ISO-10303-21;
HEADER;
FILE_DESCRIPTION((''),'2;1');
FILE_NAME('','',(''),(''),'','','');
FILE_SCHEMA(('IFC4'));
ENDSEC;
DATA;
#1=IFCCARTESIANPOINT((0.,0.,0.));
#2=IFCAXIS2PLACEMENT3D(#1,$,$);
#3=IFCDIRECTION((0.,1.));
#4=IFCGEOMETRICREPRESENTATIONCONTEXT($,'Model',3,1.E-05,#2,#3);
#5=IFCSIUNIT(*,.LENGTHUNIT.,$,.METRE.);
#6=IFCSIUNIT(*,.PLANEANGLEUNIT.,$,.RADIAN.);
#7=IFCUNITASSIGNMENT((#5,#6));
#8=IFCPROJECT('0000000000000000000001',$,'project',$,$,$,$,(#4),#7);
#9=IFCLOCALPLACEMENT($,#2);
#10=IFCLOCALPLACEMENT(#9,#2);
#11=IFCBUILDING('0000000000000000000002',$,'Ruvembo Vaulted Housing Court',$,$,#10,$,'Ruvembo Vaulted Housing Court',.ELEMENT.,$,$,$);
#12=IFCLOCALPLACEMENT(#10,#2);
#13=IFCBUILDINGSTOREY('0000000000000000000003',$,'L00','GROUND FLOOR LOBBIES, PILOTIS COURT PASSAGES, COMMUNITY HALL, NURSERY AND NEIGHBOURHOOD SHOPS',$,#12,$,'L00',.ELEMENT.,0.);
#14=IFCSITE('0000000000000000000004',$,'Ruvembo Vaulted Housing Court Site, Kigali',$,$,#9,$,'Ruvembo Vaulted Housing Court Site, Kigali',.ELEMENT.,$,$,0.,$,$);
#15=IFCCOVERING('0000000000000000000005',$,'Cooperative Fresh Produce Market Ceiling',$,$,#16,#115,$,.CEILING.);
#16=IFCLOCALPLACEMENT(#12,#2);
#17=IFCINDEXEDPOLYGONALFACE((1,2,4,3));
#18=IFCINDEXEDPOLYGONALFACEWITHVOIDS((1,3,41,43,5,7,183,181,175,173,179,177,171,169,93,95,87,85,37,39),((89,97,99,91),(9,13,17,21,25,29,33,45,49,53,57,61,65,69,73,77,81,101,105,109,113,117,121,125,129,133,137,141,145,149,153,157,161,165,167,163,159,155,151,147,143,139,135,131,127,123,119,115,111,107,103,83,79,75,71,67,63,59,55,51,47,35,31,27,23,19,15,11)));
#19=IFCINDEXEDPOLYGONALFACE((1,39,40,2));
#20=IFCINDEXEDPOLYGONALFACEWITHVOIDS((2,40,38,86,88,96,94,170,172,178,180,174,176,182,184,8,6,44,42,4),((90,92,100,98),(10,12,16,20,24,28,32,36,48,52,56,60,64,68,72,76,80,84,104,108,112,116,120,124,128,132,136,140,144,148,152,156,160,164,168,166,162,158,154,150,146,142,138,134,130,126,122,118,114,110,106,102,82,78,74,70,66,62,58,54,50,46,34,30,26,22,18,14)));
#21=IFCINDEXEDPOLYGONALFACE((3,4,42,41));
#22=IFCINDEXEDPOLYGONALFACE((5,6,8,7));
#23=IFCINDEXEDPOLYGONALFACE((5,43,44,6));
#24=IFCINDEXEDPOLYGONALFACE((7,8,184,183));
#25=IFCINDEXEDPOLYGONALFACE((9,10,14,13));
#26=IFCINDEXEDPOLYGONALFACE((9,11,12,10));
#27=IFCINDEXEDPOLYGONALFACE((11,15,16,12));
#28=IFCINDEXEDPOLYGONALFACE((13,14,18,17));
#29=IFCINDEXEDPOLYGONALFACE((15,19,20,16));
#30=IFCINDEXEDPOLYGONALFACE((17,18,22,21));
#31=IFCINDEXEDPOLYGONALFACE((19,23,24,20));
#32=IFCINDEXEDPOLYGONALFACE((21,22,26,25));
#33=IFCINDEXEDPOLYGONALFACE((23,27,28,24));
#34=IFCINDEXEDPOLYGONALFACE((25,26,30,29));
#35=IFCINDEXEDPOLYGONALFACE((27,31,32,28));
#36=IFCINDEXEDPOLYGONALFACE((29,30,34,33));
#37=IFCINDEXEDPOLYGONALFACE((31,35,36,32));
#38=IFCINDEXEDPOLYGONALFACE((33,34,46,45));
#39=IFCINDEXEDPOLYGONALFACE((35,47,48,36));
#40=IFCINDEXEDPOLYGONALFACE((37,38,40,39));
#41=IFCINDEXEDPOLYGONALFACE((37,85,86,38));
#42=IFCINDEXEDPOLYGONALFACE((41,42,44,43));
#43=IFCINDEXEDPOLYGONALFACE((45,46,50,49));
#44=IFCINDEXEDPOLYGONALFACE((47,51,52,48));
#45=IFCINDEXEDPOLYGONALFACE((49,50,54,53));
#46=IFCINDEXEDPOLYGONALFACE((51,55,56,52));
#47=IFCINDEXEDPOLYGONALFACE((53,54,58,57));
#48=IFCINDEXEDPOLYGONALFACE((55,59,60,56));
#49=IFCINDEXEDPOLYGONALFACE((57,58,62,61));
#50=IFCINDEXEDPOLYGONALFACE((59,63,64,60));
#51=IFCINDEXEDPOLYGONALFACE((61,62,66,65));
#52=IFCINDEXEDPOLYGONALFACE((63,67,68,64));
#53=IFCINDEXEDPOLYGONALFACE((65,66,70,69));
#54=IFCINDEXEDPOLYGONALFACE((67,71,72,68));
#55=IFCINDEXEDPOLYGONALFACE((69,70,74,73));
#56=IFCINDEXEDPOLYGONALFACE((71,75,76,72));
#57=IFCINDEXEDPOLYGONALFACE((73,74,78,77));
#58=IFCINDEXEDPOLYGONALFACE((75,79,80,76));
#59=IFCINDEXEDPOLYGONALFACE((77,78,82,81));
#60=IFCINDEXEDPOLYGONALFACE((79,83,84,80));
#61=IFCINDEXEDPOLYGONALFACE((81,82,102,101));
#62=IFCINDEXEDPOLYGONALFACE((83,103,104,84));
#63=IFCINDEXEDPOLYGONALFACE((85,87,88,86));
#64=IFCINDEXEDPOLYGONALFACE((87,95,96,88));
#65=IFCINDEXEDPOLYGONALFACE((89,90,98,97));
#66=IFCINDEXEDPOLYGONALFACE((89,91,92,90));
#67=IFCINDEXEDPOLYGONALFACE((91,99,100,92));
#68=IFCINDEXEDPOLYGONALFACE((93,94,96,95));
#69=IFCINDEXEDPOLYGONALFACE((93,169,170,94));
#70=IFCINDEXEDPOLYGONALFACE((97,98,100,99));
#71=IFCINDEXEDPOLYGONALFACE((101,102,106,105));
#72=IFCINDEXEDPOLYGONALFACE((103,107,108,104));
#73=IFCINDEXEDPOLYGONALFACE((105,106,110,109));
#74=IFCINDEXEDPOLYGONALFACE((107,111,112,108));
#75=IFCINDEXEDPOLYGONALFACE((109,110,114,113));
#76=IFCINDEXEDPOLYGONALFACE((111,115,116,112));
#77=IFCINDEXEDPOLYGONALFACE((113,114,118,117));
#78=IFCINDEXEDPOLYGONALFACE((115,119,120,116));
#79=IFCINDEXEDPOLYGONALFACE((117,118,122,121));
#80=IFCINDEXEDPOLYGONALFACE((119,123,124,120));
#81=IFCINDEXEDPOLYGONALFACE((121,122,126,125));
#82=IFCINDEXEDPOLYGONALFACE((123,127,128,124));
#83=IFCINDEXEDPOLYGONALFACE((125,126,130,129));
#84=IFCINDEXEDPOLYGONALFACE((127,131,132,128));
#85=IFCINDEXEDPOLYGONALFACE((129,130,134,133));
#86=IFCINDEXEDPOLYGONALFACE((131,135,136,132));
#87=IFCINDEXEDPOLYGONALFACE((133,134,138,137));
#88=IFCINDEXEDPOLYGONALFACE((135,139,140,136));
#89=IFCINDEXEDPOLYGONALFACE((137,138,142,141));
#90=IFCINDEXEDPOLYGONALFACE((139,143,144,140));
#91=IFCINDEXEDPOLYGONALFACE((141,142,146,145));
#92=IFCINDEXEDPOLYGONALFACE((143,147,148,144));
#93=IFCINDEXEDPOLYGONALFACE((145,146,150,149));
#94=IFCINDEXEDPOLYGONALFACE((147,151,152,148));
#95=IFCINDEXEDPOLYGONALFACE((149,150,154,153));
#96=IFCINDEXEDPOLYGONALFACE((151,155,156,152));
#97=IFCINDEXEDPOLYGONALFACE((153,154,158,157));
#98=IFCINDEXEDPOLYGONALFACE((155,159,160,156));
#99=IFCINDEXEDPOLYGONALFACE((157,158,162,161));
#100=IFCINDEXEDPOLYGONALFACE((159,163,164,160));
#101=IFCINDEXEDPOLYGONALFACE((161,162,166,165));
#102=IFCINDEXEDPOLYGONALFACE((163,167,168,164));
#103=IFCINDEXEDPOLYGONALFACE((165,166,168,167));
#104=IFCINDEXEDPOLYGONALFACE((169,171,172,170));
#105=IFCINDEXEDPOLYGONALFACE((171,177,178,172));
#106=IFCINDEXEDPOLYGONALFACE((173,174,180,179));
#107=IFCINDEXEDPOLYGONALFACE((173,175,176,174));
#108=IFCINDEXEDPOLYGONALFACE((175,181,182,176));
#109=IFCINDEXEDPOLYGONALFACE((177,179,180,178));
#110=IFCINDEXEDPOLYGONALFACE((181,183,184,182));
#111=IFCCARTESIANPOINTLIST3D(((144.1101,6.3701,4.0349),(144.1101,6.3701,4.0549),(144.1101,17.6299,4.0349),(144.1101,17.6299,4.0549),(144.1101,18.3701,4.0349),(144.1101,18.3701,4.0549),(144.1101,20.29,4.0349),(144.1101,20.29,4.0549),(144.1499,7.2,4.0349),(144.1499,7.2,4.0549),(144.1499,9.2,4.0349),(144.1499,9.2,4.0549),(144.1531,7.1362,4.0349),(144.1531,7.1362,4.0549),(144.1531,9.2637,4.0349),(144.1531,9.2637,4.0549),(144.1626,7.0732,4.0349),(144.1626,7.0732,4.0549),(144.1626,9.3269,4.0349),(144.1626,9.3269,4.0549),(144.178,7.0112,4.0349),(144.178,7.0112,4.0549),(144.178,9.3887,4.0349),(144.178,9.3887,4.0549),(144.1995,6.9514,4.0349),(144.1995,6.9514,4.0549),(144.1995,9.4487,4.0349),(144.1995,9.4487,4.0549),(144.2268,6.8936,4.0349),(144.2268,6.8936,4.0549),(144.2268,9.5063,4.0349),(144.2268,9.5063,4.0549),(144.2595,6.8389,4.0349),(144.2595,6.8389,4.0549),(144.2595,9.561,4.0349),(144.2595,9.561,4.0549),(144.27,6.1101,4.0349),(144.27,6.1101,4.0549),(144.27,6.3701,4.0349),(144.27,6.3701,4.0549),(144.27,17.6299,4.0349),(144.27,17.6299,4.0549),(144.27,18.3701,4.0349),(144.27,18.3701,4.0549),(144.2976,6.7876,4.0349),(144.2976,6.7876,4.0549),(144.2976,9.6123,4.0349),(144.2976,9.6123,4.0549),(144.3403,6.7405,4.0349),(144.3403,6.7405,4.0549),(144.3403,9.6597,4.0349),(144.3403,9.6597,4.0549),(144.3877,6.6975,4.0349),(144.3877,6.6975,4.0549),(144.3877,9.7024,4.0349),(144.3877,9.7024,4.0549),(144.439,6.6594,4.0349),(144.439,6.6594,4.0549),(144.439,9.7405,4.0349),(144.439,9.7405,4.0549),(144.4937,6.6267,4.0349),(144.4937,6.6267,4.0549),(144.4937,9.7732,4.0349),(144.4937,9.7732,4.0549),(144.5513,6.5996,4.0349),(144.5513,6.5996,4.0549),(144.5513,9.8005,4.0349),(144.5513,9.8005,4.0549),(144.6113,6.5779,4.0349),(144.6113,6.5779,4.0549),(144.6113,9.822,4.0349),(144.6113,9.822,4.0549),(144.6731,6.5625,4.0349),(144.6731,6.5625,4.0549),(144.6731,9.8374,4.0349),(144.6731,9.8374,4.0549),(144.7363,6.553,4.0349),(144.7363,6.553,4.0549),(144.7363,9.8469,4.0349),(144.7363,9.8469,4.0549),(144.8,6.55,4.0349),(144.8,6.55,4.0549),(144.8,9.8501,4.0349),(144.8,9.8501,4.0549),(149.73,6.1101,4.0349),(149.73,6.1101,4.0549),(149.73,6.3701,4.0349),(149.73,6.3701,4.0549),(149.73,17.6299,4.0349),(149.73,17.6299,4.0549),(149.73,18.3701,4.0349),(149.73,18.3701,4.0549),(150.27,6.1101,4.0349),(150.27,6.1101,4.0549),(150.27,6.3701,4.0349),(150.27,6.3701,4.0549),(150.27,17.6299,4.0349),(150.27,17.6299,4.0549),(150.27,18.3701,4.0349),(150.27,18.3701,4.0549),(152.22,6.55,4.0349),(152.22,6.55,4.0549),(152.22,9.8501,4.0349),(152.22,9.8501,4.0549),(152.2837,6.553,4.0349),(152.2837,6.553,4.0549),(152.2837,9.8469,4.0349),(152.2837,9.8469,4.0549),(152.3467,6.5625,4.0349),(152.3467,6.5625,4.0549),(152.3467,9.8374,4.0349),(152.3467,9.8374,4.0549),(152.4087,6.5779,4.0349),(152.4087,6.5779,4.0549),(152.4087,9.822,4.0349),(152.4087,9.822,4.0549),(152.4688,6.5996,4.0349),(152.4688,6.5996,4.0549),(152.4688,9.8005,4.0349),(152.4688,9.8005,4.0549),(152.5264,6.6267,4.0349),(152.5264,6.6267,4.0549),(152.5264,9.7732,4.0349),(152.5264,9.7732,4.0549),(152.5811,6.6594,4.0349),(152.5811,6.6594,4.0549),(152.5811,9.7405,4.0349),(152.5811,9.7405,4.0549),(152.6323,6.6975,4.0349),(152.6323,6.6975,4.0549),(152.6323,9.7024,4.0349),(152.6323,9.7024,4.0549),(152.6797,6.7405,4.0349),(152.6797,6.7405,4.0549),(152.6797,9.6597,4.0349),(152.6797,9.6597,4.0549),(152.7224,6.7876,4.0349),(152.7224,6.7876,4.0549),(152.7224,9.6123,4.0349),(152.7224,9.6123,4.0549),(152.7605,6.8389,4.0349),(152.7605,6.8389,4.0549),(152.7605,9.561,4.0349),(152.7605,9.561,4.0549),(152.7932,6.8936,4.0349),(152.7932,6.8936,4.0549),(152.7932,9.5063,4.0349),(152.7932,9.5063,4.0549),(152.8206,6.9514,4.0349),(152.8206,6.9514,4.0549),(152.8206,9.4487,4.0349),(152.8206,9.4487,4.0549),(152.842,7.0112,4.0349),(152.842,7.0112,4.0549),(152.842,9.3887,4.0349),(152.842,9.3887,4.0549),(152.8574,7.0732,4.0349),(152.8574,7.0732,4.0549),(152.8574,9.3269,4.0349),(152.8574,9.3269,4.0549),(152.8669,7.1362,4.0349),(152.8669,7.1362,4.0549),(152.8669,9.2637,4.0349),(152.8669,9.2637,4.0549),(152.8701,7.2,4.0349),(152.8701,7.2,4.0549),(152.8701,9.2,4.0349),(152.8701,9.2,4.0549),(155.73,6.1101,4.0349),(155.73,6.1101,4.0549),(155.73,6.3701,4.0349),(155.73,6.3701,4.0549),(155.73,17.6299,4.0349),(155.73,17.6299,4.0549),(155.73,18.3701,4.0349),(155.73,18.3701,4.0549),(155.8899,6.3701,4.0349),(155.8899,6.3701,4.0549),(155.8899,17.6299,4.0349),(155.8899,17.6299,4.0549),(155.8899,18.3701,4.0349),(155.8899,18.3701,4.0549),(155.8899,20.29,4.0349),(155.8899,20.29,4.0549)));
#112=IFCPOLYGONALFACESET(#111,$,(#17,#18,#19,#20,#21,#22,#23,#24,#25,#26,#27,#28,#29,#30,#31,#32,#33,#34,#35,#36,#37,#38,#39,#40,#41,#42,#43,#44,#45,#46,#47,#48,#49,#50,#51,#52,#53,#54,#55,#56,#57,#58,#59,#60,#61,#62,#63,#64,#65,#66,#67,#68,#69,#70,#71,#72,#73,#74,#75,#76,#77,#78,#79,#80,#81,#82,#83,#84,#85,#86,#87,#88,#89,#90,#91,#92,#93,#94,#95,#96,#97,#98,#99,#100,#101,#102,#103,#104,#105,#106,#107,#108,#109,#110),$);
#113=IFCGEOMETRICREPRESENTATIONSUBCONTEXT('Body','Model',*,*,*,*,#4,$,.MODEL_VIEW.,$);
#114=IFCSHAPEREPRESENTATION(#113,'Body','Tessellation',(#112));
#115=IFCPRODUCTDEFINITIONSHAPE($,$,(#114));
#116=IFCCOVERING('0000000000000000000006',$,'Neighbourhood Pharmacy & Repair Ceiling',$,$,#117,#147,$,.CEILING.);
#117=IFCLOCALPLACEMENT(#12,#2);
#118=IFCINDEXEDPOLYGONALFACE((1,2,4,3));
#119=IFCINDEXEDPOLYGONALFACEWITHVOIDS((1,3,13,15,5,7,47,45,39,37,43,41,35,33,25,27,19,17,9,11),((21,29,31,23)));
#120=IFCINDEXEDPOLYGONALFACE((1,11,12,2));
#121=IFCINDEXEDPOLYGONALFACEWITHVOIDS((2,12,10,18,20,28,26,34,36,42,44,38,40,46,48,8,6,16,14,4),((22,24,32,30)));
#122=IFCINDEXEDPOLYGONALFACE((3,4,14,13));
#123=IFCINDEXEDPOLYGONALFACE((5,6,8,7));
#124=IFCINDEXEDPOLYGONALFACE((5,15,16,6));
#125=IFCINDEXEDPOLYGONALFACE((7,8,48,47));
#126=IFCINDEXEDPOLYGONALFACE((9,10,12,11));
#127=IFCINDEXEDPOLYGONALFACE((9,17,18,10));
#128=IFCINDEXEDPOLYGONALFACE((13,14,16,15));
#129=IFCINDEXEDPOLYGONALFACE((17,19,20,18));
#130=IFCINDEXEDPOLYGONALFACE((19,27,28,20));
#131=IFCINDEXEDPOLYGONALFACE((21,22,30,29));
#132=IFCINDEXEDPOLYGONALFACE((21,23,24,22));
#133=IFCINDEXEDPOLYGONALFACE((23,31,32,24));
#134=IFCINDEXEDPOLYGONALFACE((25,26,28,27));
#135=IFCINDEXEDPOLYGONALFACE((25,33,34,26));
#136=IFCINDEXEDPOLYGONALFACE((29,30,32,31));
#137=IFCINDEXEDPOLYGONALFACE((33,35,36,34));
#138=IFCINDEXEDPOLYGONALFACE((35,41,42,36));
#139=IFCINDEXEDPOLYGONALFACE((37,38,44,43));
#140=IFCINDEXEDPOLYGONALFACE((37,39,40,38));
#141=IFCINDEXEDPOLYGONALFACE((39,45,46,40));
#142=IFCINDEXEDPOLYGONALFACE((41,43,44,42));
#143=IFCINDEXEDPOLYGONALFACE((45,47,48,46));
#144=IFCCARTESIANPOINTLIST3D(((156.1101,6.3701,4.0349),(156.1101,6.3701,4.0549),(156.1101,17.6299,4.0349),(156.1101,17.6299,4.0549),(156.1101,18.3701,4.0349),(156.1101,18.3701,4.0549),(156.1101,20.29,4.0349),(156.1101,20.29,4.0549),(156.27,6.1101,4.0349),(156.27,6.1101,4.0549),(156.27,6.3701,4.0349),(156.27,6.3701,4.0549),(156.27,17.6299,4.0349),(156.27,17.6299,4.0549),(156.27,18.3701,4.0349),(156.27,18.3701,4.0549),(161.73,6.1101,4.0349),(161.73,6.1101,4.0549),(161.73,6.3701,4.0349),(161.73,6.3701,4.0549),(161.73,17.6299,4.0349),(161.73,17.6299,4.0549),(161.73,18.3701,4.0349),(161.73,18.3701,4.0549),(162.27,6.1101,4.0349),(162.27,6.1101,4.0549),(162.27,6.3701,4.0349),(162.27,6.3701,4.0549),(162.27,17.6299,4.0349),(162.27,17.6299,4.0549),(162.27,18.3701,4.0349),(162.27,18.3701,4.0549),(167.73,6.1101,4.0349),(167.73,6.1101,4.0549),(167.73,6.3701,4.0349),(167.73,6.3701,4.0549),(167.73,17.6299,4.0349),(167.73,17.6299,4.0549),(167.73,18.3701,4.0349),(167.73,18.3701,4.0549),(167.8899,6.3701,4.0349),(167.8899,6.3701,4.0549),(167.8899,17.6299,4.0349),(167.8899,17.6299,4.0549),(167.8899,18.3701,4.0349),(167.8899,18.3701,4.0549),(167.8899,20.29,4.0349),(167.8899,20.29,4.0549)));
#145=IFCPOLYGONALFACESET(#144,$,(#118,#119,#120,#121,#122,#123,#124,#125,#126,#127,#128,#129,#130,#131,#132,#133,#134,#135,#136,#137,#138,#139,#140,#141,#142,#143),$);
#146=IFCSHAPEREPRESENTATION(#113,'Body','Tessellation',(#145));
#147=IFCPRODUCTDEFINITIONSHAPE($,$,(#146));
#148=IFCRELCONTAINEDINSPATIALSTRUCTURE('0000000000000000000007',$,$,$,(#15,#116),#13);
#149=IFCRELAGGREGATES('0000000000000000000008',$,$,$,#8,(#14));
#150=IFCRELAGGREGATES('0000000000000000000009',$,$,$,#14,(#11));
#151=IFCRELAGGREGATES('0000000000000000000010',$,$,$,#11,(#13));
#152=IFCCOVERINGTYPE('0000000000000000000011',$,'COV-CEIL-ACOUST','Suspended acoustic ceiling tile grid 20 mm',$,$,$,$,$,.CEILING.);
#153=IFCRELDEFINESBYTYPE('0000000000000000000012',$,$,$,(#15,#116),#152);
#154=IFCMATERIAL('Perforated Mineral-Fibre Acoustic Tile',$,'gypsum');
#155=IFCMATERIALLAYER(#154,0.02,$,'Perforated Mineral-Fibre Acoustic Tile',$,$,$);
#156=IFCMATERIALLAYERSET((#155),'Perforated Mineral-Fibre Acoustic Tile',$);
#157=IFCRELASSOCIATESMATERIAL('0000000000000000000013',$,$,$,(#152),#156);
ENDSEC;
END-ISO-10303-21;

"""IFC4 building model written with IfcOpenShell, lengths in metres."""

from ifc_helpers import new_model, si_unit, direction, frame, origin, place, context, subcontext, project, spatial, polyline, outline, extrude, material, layer, layer_set, type_object, element, save


model = new_model("IFC4")

# Units and contexts
model_context = context("Model", 3, precision=1e-05, world=origin(), true_north=direction((0.0, 1.0)))
body_context = subcontext(model_context, "Body", "Model", "MODEL_VIEW")
ifc_project = project(units=[si_unit("LENGTHUNIT", "METRE"), si_unit("PLANEANGLEUNIT", "RADIAN")], contexts=[model_context])

# Site, building, storey
site_placement = place(None, origin())
site = spatial("IfcSite", under=ifc_project, at=site_placement, Name="Ruvembo Vaulted Housing Court Site, Kigali", LongName="Ruvembo Vaulted Housing Court Site, Kigali", CompositionType="ELEMENT", RefElevation=0.0)
building_placement = place(site_placement, origin())
building = spatial("IfcBuilding", under=site, at=building_placement, Name="Ruvembo Vaulted Housing Court", LongName="Ruvembo Vaulted Housing Court", CompositionType="ELEMENT")
storey_placement = place(building_placement, origin())
storey = spatial("IfcBuildingStorey", under=building, at=storey_placement, Name="L00", Description="GROUND FLOOR LOBBIES, PILOTIS COURT PASSAGES, COMMUNITY HALL, NURSERY AND NEIGHBOURHOOD SHOPS", LongName="L00", CompositionType="ELEMENT", Elevation=0.0)

# Coverings
ifc_material_1 = material(Name="Perforated Mineral-Fibre Acoustic Tile", Category="gypsum")
ifc_layer_1 = layer(ifc_material_1, 0.02, Name="Perforated Mineral-Fibre Acoustic Tile")
ifc_layer_set_1 = layer_set([ifc_layer_1], Name="Perforated Mineral-Fibre Acoustic Tile")
covering_type_1 = type_object("IfcCoveringType", Name="COV-CEIL-ACOUST", Description="Suspended acoustic ceiling tile grid 20 mm", PredefinedType="CEILING", material=ifc_layer_set_1)
covering_1_placement = place(storey_placement, frame((0.0, 0.0, 4.0349)))
element("IfcCovering", 1, at=covering_1_placement, inside=storey, type_object=covering_type_1, Name="Cooperative Fresh Produce Market Ceiling", PredefinedType="CEILING", context=body_context, shape_type="SweptSolid", body=[
    extrude(outline(polyline([(144.27, 18.3701), (144.27, 17.6299), (144.1101, 17.6299), (144.1101, 6.3701), (144.27, 6.3701), (144.27, 6.1101), (149.73, 6.1101), (149.73, 6.3701), (150.27, 6.3701), (150.27, 6.1101), (155.73, 6.1101), (155.73, 6.3701), (155.8899, 6.3701), (155.8899, 17.6299), (155.73, 17.6299), (155.73, 18.3701), (155.8899, 18.3701), (155.8899, 20.29), (144.1101, 20.29), (144.1101, 18.3701), (144.27, 18.3701)]), holes=[polyline([(150.27, 17.6299), (150.27, 18.3701), (149.73, 18.3701), (149.73, 17.6299), (150.27, 17.6299)]), polyline([(152.2837, 6.553), (152.3467, 6.5625), (152.4087, 6.5779), (152.4688, 6.5996), (152.5264, 6.6267), (152.5811, 6.6594), (152.6323, 6.6975), (152.6797, 6.7405), (152.7224, 6.7876), (152.7605, 6.8389), (152.7932, 6.8936), (152.8206, 6.9514), (152.842, 7.0112), (152.8574, 7.0732), (152.8669, 7.1362), (152.8701, 7.2), (152.8701, 9.2), (152.8669, 9.2637), (152.8574, 9.3269), (152.842, 9.3887), (152.8206, 9.4487), (152.7932, 9.5063), (152.7605, 9.561), (152.7224, 9.6123), (152.6797, 9.6597), (152.6323, 9.7024), (152.5811, 9.7405), (152.5264, 9.7732), (152.4688, 9.8005), (152.4087, 9.822), (152.3467, 9.8374), (152.2837, 9.8469), (152.22, 9.8501), (144.8, 9.8501), (144.7363, 9.8469), (144.6731, 9.8374), (144.6113, 9.822), (144.5513, 9.8005), (144.4937, 9.7732), (144.439, 9.7405), (144.3877, 9.7024), (144.3403, 9.6597), (144.2976, 9.6123), (144.2595, 9.561), (144.2268, 9.5063), (144.1995, 9.4487), (144.178, 9.3887), (144.1626, 9.3269), (144.1531, 9.2637), (144.1499, 9.2), (144.1499, 7.2), (144.1531, 7.1362), (144.1626, 7.0732), (144.178, 7.0112), (144.1995, 6.9514), (144.2268, 6.8936), (144.2595, 6.8389), (144.2976, 6.7876), (144.3403, 6.7405), (144.3877, 6.6975), (144.439, 6.6594), (144.4937, 6.6267), (144.5513, 6.5996), (144.6113, 6.5779), (144.6731, 6.5625), (144.7363, 6.553), (144.8, 6.55), (152.22, 6.55), (152.2837, 6.553)])]), origin(), (0.0, 0.0, 1.0), 0.02),
])
covering_2_placement = place(storey_placement, frame((0.0, 0.0, 4.0349)))
element("IfcCovering", 2, at=covering_2_placement, inside=storey, type_object=covering_type_1, Name="Neighbourhood Pharmacy & Repair Ceiling", PredefinedType="CEILING", context=body_context, shape_type="SweptSolid", body=[
    extrude(outline(polyline([(156.27, 18.3701), (156.27, 17.6299), (156.1101, 17.6299), (156.1101, 6.3701), (156.27, 6.3701), (156.27, 6.1101), (161.73, 6.1101), (161.73, 6.3701), (162.27, 6.3701), (162.27, 6.1101), (167.73, 6.1101), (167.73, 6.3701), (167.8899, 6.3701), (167.8899, 17.6299), (167.73, 17.6299), (167.73, 18.3701), (167.8899, 18.3701), (167.8899, 20.29), (156.1101, 20.29), (156.1101, 18.3701), (156.27, 18.3701)]), holes=[polyline([(161.73, 17.6299), (162.27, 17.6299), (162.27, 18.3701), (161.73, 18.3701), (161.73, 17.6299)])]), origin(), (0.0, 0.0, 1.0), 0.02),
])

save(model, "model.ifc")
